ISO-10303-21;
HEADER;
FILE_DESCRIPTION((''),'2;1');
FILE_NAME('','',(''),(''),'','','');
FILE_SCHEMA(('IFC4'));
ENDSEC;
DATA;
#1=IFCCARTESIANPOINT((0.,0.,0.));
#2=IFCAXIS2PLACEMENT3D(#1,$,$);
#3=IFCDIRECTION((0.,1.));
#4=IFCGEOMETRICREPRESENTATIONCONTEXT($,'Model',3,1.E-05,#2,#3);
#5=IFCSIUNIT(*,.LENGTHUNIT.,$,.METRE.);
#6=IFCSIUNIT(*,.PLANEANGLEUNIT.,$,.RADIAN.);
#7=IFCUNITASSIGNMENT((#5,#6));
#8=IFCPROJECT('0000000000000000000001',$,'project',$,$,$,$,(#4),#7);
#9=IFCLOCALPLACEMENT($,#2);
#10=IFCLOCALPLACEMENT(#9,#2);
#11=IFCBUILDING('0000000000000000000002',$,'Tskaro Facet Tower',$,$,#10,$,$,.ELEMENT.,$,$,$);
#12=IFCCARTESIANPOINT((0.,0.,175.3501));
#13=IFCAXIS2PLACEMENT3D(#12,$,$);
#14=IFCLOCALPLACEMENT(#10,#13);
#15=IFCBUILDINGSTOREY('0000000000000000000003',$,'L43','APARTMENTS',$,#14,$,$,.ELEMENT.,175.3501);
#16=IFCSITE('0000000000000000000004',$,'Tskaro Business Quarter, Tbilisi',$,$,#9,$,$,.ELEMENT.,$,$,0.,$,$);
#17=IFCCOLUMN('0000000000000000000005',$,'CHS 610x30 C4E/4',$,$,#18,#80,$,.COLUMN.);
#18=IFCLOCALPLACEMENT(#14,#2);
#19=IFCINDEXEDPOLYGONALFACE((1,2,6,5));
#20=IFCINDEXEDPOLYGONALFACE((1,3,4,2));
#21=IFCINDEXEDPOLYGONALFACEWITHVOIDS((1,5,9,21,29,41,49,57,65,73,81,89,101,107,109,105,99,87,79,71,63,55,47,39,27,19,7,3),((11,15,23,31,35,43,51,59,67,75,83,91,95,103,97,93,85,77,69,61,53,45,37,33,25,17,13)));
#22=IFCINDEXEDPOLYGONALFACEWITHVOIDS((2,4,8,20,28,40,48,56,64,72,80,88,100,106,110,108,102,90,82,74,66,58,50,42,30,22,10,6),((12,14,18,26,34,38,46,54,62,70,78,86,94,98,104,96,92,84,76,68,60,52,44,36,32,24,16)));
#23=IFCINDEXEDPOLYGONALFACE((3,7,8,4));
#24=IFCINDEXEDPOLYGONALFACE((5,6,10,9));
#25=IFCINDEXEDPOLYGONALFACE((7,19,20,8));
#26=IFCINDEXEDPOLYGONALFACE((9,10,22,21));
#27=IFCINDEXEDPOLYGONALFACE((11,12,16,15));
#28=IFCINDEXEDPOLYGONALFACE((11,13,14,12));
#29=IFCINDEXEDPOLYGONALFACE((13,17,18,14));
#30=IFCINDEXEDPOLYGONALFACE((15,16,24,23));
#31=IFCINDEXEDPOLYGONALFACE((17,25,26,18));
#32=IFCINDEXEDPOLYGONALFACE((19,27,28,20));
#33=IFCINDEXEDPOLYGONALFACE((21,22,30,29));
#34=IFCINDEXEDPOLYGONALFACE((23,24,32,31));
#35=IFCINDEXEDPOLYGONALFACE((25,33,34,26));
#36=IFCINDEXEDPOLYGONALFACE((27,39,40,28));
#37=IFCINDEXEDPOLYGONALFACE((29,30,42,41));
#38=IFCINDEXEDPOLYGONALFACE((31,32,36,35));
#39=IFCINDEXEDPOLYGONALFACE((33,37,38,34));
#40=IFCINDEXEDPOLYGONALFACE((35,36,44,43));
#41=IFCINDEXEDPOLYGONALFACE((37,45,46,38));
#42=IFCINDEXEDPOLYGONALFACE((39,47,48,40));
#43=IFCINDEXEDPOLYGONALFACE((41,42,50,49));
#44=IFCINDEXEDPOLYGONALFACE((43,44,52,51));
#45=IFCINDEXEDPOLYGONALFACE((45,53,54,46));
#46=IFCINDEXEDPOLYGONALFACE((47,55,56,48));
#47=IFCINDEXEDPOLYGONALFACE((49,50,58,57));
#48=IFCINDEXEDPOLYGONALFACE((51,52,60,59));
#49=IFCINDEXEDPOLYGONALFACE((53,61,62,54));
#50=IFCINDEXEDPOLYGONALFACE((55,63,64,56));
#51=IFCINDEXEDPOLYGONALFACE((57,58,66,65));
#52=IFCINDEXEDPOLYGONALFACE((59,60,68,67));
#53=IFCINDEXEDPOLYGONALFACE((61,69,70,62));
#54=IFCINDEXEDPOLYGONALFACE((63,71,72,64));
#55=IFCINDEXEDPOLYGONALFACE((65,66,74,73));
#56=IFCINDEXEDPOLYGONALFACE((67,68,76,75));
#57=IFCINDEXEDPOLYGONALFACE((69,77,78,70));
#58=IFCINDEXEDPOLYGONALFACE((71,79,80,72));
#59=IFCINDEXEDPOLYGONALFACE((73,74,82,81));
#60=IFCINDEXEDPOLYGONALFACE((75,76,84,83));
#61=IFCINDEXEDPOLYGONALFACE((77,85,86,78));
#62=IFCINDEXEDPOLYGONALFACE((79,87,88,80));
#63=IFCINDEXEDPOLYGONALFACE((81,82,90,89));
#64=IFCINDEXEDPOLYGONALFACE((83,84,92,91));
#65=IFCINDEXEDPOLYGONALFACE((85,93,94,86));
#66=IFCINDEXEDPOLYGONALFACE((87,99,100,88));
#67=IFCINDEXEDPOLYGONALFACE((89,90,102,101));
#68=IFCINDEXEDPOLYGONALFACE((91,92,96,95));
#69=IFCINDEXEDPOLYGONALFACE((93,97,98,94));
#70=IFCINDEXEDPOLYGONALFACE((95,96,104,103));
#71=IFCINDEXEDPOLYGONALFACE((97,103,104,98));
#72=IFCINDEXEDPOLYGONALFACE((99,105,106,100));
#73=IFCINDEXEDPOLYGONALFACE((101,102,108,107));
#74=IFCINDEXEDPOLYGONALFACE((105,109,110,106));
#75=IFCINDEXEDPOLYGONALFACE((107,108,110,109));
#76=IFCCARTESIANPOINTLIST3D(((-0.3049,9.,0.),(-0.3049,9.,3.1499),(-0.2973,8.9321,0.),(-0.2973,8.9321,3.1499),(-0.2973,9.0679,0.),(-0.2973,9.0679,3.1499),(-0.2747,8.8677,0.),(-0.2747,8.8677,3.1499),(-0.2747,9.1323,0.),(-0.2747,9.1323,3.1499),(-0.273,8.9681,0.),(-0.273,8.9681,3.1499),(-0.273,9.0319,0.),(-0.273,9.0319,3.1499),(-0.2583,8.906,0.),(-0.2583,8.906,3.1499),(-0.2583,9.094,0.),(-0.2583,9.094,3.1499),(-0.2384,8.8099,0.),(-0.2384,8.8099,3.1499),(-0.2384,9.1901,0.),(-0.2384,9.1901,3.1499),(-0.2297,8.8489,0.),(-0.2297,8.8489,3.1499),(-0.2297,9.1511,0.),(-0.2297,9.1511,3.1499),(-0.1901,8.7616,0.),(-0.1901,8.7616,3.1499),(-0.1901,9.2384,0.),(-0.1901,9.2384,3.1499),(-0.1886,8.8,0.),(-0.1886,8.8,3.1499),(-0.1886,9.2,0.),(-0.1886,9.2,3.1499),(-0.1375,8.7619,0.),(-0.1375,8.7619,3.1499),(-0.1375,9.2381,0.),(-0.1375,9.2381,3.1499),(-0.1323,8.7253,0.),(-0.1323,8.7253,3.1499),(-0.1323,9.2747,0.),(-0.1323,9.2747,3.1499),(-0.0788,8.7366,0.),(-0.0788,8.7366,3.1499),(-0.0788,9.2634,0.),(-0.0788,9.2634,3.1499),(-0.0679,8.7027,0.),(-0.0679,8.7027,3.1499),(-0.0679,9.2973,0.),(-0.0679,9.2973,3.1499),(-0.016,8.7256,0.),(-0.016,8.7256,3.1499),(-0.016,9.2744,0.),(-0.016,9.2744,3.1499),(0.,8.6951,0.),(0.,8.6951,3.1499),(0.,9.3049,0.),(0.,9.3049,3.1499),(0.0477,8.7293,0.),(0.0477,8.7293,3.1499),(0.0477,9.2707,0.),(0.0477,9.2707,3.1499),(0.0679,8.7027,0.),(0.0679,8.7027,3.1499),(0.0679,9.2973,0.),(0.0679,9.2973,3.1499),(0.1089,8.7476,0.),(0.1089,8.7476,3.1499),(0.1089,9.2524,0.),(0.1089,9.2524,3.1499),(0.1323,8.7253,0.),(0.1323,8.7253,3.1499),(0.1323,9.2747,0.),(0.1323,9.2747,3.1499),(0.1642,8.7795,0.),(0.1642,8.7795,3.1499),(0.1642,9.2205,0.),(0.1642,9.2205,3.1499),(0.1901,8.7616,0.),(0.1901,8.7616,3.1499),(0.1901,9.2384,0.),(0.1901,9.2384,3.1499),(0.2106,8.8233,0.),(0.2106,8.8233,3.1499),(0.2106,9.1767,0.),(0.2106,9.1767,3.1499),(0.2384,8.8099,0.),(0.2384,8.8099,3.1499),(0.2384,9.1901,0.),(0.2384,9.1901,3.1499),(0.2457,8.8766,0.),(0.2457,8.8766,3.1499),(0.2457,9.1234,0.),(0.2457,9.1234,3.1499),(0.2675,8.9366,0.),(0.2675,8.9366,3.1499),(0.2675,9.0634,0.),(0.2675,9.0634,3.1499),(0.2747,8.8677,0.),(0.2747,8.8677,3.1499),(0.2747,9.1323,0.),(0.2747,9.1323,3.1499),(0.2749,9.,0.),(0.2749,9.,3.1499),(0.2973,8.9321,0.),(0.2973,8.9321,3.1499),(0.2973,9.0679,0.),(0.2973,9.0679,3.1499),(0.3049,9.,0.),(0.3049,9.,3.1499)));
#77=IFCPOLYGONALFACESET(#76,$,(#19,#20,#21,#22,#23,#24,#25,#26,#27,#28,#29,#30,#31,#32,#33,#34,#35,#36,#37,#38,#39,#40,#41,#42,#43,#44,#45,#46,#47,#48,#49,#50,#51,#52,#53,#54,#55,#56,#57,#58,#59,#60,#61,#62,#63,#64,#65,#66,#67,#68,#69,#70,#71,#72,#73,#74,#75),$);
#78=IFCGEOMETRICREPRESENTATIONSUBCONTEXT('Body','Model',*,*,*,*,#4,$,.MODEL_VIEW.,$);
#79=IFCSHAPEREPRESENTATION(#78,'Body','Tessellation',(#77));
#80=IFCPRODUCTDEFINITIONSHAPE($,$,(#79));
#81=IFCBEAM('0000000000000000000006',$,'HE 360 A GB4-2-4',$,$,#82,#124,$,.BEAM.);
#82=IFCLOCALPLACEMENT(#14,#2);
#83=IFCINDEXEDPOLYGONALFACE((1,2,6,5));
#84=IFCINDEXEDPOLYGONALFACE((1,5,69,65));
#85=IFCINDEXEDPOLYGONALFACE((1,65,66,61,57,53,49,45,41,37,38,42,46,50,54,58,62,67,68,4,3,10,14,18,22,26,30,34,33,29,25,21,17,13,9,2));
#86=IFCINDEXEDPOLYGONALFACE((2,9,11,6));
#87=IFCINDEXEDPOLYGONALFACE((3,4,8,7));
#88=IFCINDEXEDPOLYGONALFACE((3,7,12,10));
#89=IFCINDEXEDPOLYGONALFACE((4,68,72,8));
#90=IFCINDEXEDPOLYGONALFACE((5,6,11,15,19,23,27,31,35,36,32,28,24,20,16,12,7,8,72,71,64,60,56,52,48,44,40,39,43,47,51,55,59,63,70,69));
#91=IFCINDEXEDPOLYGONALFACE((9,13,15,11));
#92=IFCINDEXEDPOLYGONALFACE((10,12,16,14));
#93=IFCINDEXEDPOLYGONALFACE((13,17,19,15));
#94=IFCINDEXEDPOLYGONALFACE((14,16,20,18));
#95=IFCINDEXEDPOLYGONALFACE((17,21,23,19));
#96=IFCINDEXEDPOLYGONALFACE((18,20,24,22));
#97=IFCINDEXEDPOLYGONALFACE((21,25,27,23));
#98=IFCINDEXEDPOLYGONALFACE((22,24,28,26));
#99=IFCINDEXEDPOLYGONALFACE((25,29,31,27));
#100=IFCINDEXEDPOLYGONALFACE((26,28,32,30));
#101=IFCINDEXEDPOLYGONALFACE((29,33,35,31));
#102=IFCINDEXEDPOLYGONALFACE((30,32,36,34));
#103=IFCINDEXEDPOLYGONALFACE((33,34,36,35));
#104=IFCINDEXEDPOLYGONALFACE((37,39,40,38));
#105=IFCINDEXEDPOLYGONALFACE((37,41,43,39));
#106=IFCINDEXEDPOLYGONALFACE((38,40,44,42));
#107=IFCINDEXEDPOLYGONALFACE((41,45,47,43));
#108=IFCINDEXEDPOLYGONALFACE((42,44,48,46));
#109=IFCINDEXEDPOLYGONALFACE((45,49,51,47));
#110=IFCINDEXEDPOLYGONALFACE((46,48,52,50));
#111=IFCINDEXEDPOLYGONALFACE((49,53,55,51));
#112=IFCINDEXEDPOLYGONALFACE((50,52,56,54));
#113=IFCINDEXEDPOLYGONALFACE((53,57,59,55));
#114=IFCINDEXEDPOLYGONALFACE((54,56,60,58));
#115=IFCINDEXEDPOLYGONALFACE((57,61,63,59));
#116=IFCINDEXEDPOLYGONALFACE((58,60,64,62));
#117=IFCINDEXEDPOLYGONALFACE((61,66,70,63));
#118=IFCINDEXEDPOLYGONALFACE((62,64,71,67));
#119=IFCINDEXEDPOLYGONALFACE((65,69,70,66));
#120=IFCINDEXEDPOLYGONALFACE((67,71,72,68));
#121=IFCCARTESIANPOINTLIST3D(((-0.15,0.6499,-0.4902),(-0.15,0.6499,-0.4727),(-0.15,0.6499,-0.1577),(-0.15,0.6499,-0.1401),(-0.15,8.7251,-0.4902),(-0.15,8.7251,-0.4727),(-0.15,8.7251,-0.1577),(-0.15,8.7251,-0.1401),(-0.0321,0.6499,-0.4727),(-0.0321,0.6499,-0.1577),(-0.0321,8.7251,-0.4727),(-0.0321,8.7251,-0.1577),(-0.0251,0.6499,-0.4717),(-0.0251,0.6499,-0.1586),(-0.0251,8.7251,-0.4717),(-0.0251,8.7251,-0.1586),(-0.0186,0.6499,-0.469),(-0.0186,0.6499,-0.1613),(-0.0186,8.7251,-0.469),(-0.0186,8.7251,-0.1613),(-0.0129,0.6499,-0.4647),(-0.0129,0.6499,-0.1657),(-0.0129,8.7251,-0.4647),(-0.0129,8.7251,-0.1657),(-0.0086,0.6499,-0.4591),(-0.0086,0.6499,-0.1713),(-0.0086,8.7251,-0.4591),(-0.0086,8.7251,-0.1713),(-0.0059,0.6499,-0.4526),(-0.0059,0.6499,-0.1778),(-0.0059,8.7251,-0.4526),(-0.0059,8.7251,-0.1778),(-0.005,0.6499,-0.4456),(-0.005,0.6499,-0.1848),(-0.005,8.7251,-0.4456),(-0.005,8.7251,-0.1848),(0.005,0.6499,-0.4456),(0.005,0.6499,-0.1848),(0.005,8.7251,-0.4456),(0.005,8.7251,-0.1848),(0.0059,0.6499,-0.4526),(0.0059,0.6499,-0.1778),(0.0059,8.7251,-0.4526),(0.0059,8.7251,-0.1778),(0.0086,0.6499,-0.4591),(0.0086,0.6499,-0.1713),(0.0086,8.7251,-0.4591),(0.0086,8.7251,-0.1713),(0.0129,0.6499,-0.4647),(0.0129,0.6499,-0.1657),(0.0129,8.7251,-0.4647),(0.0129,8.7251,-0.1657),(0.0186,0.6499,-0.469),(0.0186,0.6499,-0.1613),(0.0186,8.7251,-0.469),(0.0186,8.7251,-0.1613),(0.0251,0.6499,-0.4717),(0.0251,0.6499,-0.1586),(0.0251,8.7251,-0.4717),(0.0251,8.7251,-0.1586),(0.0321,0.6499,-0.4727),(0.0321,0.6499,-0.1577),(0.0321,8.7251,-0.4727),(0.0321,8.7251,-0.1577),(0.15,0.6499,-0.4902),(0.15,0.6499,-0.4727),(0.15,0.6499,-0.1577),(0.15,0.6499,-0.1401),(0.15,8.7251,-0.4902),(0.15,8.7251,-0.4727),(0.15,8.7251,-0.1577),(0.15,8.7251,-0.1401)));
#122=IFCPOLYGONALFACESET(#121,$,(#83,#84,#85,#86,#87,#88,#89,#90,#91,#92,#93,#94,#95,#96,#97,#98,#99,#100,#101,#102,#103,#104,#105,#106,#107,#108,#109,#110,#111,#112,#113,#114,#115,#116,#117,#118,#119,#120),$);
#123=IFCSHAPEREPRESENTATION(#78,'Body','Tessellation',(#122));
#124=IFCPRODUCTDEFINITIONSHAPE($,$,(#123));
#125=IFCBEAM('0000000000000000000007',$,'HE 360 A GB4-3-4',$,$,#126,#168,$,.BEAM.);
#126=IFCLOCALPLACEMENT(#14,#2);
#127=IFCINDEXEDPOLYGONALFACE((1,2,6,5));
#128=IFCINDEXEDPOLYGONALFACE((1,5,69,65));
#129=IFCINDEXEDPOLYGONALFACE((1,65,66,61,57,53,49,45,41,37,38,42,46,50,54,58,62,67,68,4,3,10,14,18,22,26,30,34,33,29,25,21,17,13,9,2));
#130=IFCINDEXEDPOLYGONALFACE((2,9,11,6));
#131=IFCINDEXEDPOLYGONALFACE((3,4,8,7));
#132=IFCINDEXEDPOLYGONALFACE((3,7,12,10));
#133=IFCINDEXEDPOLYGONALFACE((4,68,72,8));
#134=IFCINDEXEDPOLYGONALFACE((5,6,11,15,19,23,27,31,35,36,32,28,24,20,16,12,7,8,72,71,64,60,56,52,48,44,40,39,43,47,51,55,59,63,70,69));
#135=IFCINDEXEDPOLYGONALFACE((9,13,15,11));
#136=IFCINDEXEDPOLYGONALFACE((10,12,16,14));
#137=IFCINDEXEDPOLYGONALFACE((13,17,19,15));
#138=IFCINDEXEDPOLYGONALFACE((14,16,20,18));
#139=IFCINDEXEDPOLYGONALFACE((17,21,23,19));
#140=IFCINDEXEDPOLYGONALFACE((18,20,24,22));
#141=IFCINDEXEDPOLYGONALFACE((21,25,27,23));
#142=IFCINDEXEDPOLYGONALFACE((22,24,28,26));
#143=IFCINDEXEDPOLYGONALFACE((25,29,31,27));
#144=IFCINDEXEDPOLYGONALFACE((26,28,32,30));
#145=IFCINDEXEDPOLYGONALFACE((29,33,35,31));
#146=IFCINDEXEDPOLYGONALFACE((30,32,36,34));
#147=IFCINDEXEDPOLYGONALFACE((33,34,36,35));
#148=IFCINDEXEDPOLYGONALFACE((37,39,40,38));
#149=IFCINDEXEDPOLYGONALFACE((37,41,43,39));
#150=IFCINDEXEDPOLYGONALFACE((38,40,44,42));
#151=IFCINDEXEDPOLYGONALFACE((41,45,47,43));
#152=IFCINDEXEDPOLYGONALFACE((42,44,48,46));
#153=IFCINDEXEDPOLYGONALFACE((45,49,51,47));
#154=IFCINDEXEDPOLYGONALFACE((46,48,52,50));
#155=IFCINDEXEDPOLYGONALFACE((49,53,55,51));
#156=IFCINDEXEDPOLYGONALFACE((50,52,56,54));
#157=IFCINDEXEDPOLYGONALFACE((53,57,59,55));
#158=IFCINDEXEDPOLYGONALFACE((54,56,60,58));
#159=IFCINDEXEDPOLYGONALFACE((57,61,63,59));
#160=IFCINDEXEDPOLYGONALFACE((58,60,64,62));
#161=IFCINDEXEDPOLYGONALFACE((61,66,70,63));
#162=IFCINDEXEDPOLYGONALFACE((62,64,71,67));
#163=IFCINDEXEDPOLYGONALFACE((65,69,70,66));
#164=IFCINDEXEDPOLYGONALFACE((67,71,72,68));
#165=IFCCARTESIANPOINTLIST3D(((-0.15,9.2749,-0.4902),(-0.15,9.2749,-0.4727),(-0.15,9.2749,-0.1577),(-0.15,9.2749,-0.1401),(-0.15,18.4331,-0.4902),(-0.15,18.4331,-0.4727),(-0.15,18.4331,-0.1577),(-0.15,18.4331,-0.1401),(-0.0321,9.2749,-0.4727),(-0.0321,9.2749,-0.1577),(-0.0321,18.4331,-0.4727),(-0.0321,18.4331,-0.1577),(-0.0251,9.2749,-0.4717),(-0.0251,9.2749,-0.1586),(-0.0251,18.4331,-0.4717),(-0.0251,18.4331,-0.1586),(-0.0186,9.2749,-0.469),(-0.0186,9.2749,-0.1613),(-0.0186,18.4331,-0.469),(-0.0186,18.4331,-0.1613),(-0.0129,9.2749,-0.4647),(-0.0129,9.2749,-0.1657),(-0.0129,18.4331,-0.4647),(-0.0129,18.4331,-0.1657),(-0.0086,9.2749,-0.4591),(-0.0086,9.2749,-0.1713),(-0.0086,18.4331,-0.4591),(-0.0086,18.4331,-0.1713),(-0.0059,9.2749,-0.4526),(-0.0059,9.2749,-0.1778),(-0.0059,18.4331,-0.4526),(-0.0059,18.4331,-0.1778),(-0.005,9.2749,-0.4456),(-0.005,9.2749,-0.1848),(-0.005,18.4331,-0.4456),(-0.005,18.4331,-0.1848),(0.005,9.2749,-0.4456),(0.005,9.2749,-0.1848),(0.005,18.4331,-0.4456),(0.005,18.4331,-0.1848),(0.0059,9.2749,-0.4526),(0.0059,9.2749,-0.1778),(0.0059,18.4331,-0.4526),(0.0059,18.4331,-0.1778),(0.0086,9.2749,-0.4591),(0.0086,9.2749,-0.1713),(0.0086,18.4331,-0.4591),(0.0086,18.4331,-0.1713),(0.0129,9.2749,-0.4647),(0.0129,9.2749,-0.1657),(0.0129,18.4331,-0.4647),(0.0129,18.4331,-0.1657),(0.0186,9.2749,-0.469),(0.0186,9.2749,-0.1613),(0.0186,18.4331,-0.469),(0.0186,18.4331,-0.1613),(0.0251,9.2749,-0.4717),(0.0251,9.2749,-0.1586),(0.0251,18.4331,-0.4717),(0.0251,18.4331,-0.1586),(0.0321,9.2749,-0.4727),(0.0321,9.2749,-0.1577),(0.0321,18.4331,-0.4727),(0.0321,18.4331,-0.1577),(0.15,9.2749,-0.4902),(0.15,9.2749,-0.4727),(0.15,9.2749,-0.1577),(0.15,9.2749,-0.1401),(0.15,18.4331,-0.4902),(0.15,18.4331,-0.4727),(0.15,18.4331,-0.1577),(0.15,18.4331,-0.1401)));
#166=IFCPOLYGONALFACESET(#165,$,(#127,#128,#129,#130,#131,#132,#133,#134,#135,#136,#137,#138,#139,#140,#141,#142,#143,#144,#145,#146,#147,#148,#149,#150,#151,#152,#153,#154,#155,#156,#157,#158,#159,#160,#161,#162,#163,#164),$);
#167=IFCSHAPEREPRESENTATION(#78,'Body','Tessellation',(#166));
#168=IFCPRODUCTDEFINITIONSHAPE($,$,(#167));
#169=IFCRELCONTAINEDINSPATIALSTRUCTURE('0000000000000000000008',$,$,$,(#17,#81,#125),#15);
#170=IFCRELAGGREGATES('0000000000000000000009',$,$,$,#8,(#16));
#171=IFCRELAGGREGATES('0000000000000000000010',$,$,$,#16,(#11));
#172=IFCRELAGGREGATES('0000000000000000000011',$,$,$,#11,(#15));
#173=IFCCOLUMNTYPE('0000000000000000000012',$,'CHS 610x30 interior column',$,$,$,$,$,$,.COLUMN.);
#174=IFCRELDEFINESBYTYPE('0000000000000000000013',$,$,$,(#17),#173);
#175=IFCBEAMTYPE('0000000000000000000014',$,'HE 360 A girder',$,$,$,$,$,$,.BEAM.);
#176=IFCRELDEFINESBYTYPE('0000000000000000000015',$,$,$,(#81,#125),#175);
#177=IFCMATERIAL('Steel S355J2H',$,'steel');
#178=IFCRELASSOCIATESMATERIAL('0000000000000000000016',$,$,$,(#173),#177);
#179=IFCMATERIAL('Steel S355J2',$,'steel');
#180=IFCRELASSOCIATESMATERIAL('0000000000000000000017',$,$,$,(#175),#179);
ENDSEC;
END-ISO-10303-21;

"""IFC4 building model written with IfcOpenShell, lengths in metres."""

from ifc_helpers import new_model, si_unit, direction, frame, origin, origin_2d, place, context, subcontext, project, spatial, hollow_circle, i_section, extrude, material, material_profile, profile_set, type_object, element, save


model = new_model("IFC4")

# Units and contexts
model_context = context("Model", 3, precision=1e-05, world=origin(), true_north=direction((0.0, 1.0)))
body_context = subcontext(model_context, "Body", "Model", "MODEL_VIEW")
ifc_project = project(units=[si_unit("LENGTHUNIT", "METRE"), si_unit("PLANEANGLEUNIT", "RADIAN")], contexts=[model_context])

# Site, building, storey
site_placement = place(None, origin())
site = spatial("IfcSite", under=ifc_project, at=site_placement, Name="Tskaro Business Quarter, Tbilisi", CompositionType="ELEMENT", RefElevation=0.0)
building_placement = place(site_placement, origin())
building = spatial("IfcBuilding", under=site, at=building_placement, Name="Tskaro Facet Tower", CompositionType="ELEMENT")
storey_placement = place(building_placement, frame((0.0, 0.0, 175.3501)))
storey = spatial("IfcBuildingStorey", under=building, at=storey_placement, Name="L43", Description="APARTMENTS", CompositionType="ELEMENT", Elevation=175.3501)

# Column
ifc_material_1 = material(Name="Steel S355J2H", Category="steel")
ifc_material_profile_1 = material_profile(ifc_material_1, hollow_circle(Radius=0.3049, WallThickness=0.03, at=origin_2d()), Name="CHS 610x30")
ifc_profile_set_1 = profile_set([ifc_material_profile_1], Name="Steel S355J2H")
column_type = type_object("IfcColumnType", Name="CHS 610x30 interior column", PredefinedType="COLUMN", material=ifc_profile_set_1)
column_placement = place(storey_placement, frame((0.0, 9.0, 0.0), z_axis=(0.0, 0.0, 1.0), x_axis=(1.0, 0.0, 0.0)))
element("IfcColumn", 1, at=column_placement, inside=storey, type_object=column_type, Name="CHS 610x30 C4E/4", PredefinedType="COLUMN", context=body_context, shape_type="SweptSolid", body=[
    extrude(hollow_circle(Radius=0.3049, WallThickness=0.03, at=origin_2d()), origin(), (0.0, 0.0, 1.0), 3.1499),
])

# Beams
ifc_material_2 = material(Name="Steel S355J2", Category="steel")
ifc_material_profile_2 = material_profile(ifc_material_2, i_section(OverallWidth=0.3, OverallDepth=0.3501, WebThickness=0.01, FlangeThickness=0.0176, FilletRadius=0.0271, at=origin_2d()), Name="HE 360 A")
ifc_profile_set_2 = profile_set([ifc_material_profile_2], Name="Steel S355J2")
beam_type_1 = type_object("IfcBeamType", Name="HE 360 A girder", PredefinedType="BEAM", material=ifc_profile_set_2)
beam_1_placement = place(storey_placement, frame((0.0, 0.6499, -0.3152), z_axis=(0.0, 1.0, 0.0), x_axis=(-1.0, 0.0, 0.0)))
element("IfcBeam", 2, at=beam_1_placement, inside=storey, type_object=beam_type_1, Name="HE 360 A GB4-2-4", PredefinedType="BEAM", context=body_context, shape_type="SweptSolid", body=[
    extrude(i_section(OverallWidth=0.3, OverallDepth=0.3501, WebThickness=0.01, FlangeThickness=0.0176, FilletRadius=0.0271, at=origin_2d()), origin(), (0.0, 0.0, 1.0), 8.0752),
])
beam_2_placement = place(storey_placement, frame((0.0, 9.2749, -0.3152), z_axis=(0.0, 1.0, 0.0), x_axis=(-1.0, 0.0, 0.0)))
element("IfcBeam", 3, at=beam_2_placement, inside=storey, type_object=beam_type_1, Name="HE 360 A GB4-3-4", PredefinedType="BEAM", context=body_context, shape_type="SweptSolid", body=[
    extrude(i_section(OverallWidth=0.3, OverallDepth=0.3501, WebThickness=0.01, FlangeThickness=0.0176, FilletRadius=0.0271, at=origin_2d()), origin(), (0.0, 0.0, 1.0), 9.1582),
])

save(model, "model.ifc")
